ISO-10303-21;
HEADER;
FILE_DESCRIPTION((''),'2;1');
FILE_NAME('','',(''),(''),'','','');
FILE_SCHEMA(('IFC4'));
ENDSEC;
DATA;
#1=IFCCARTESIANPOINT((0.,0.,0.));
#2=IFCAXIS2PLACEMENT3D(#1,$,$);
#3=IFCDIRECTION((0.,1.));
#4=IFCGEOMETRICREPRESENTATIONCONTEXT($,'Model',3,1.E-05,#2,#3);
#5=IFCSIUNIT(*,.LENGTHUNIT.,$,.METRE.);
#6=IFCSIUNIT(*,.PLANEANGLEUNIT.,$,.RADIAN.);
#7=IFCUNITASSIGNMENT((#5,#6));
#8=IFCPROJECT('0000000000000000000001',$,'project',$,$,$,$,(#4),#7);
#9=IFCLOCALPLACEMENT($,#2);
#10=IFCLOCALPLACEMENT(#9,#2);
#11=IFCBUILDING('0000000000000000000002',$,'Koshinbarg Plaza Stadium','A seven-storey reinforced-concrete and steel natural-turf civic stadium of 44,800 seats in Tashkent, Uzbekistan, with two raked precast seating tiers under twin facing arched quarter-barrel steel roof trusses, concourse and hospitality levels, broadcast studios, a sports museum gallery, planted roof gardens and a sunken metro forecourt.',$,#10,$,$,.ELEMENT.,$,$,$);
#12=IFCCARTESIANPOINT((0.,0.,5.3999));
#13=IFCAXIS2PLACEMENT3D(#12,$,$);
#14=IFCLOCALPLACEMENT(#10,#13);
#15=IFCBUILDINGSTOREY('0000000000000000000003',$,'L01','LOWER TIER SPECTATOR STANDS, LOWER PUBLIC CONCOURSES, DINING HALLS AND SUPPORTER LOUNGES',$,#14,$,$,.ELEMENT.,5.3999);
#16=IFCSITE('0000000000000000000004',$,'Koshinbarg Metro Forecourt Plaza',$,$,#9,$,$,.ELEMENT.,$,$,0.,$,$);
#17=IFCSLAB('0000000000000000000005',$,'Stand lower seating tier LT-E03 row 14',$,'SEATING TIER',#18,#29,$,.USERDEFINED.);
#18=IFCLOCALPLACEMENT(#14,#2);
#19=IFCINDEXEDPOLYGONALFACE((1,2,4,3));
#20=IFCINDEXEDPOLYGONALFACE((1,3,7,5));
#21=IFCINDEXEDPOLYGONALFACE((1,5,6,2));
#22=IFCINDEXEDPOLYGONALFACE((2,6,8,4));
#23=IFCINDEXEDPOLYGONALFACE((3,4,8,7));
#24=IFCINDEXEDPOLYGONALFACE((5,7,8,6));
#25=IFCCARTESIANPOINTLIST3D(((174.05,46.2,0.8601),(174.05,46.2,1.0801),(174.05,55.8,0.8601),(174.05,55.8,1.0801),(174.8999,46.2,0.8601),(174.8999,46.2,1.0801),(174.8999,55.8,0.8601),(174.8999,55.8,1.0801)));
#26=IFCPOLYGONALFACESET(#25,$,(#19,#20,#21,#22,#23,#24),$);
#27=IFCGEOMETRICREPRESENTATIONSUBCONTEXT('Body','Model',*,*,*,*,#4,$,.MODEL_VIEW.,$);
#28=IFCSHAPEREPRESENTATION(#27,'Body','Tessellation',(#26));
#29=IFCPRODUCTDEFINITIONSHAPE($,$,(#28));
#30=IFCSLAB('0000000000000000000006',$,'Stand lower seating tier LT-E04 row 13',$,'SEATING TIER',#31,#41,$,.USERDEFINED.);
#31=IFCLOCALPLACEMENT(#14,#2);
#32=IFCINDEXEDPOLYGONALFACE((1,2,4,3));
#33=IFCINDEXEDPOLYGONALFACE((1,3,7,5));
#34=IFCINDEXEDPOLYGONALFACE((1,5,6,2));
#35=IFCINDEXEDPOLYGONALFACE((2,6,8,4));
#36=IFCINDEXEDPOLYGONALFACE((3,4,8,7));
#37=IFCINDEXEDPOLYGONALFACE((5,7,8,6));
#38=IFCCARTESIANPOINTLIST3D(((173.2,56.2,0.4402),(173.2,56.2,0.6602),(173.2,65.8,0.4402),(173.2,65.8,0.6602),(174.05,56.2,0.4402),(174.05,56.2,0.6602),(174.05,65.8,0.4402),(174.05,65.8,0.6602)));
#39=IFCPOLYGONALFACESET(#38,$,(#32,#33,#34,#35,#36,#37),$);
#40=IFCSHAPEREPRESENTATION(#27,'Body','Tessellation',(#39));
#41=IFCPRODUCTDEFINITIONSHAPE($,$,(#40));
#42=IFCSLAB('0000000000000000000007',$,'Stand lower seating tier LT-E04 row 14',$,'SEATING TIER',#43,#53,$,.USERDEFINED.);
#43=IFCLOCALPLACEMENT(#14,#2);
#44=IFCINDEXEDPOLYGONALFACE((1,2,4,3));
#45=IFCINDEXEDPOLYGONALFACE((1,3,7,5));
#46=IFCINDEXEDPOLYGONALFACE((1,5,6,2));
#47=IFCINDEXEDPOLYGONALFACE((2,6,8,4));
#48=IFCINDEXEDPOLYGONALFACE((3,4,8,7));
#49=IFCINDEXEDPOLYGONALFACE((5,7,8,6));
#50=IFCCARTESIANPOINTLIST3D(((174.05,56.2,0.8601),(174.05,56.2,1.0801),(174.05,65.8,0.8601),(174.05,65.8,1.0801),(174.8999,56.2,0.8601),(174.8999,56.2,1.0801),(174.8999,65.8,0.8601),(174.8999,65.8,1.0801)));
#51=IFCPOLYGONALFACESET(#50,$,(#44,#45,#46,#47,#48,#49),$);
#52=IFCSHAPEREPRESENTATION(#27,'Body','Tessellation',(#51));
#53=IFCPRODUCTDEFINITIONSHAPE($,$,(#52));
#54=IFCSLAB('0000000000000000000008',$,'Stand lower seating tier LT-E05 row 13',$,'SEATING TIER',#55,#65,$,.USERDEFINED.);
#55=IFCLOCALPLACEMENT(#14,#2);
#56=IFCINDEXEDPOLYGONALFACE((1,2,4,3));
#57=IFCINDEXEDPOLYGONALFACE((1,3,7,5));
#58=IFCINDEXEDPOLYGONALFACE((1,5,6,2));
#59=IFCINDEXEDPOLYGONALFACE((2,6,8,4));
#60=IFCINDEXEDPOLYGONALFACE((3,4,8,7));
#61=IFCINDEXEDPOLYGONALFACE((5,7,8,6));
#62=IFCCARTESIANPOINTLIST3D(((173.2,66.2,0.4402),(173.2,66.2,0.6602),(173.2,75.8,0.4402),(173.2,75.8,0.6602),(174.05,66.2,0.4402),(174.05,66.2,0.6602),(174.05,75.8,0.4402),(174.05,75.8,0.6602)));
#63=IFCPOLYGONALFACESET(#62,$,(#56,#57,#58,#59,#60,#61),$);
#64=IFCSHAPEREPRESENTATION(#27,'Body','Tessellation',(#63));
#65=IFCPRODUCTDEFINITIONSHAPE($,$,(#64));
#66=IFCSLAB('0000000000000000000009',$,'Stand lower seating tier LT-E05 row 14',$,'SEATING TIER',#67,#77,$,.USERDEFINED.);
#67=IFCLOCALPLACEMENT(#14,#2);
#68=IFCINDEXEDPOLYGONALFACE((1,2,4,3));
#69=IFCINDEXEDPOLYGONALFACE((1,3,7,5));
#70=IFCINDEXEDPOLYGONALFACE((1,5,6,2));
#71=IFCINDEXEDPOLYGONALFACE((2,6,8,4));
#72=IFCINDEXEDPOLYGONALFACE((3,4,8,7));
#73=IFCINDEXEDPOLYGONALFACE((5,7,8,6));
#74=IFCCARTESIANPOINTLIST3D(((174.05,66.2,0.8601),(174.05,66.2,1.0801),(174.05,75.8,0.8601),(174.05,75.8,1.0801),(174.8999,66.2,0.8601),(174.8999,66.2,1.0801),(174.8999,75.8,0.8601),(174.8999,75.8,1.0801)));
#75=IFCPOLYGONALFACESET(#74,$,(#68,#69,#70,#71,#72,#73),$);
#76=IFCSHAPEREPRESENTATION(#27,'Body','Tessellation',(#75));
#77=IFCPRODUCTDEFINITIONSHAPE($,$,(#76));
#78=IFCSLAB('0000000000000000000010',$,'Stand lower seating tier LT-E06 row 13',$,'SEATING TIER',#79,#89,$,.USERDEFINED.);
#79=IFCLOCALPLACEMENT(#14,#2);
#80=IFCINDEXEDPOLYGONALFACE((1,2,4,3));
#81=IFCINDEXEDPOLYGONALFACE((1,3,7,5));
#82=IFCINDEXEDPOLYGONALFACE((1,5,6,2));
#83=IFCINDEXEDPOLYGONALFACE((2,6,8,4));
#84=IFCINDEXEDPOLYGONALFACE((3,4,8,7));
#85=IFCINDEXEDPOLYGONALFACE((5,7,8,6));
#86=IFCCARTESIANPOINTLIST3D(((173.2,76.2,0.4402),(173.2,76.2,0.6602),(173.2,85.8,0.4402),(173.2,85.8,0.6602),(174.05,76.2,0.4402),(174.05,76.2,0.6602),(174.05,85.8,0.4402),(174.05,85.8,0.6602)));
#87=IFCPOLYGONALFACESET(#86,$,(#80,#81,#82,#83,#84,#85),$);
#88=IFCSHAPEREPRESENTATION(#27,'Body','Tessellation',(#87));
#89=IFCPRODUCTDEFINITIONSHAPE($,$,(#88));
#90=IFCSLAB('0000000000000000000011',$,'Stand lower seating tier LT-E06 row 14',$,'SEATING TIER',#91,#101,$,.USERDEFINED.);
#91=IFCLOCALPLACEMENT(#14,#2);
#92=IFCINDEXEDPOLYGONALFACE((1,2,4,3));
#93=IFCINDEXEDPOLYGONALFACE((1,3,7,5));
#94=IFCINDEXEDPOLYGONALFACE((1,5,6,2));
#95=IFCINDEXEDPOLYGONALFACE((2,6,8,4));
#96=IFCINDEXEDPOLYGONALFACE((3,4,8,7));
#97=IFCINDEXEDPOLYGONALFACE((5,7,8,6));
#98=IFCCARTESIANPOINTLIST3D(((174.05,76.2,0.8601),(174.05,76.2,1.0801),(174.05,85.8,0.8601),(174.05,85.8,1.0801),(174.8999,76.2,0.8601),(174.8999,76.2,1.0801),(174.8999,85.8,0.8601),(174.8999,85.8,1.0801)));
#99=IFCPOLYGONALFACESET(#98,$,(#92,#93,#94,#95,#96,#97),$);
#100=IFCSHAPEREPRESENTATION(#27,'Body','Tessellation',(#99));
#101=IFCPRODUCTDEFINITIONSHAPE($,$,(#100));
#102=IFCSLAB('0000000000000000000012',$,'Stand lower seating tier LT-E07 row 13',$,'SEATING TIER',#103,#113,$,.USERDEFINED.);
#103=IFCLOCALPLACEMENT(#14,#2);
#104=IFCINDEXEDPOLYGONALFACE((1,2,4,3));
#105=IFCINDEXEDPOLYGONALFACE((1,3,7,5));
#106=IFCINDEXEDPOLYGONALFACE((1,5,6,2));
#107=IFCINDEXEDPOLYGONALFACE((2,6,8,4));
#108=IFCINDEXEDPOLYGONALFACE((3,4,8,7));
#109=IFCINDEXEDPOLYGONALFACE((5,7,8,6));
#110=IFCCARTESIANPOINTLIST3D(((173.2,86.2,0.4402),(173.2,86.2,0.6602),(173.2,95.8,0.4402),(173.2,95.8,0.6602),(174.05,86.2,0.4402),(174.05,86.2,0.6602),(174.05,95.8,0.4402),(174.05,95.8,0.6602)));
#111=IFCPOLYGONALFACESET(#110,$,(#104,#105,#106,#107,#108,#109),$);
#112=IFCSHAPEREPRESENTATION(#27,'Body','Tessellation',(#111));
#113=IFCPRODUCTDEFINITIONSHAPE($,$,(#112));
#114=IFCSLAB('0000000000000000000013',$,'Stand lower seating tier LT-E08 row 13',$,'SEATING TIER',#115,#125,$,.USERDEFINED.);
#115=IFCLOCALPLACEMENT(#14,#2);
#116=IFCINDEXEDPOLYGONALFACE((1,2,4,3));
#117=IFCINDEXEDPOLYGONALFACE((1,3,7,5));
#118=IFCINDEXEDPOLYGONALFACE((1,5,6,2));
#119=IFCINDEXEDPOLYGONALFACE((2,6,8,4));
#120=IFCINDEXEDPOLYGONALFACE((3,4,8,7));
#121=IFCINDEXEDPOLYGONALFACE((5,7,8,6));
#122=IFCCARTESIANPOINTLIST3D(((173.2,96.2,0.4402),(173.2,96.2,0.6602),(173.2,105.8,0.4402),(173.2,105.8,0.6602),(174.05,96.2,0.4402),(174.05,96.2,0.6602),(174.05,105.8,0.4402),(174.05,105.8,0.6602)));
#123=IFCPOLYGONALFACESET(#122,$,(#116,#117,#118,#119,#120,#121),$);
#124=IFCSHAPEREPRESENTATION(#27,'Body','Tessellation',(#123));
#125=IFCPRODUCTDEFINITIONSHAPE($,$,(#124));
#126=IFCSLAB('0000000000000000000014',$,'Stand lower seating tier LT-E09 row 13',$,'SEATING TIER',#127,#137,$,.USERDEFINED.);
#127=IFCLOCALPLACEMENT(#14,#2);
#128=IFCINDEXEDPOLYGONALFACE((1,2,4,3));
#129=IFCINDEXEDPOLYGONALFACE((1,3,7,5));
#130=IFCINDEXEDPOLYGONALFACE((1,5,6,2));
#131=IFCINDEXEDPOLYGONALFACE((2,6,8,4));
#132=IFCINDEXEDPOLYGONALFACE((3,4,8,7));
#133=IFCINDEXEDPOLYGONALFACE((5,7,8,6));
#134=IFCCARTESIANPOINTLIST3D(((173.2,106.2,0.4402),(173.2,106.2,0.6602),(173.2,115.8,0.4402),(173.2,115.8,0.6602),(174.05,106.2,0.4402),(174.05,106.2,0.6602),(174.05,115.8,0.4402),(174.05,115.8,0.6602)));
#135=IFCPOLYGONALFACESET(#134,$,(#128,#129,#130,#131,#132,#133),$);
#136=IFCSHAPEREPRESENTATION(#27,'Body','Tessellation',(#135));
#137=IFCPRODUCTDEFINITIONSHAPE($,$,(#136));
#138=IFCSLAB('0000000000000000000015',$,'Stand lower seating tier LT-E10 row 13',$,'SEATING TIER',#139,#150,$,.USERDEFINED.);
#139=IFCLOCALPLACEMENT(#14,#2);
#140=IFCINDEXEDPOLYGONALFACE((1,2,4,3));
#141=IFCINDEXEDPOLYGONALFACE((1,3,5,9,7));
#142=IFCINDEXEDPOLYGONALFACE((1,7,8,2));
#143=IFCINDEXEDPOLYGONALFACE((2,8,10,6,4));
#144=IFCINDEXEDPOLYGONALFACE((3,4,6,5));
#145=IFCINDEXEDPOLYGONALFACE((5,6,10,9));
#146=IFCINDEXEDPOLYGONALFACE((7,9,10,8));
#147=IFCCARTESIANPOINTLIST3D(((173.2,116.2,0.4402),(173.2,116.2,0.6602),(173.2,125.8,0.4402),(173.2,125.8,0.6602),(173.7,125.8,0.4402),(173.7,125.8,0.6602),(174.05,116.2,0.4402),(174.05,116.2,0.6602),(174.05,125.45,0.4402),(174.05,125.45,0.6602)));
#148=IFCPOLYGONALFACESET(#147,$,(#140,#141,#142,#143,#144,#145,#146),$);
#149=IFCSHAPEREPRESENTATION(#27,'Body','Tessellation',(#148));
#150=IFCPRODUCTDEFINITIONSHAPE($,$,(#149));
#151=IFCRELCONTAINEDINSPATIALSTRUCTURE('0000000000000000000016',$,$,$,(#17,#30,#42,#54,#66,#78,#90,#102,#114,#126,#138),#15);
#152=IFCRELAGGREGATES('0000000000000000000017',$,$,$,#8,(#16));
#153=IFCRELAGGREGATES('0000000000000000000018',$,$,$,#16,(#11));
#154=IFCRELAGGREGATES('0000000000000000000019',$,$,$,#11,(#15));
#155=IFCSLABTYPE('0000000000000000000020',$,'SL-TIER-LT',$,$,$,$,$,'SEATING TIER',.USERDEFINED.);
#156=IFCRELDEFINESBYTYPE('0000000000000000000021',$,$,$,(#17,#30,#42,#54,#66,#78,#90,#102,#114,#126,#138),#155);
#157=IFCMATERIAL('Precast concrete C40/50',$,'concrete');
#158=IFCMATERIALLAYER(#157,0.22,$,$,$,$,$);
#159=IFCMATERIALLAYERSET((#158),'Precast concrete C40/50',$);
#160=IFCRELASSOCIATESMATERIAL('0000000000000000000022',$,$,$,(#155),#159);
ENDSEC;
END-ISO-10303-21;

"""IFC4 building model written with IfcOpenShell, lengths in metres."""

from ifc_helpers import new_model, si_unit, direction, frame, origin, place, context, subcontext, project, spatial, polyline, outline, extrude, material, layer, layer_set, type_object, element, save


model = new_model("IFC4")

# Units and contexts
model_context = context("Model", 3, precision=1e-05, world=origin(), true_north=direction((0.0, 1.0)))
body_context = subcontext(model_context, "Body", "Model", "MODEL_VIEW")
ifc_project = project(units=[si_unit("LENGTHUNIT", "METRE"), si_unit("PLANEANGLEUNIT", "RADIAN")], contexts=[model_context])

# Site, building, storey
site_placement = place(None, origin())
site = spatial("IfcSite", under=ifc_project, at=site_placement, Name="Koshinbarg Metro Forecourt Plaza", CompositionType="ELEMENT", RefElevation=0.0)
building_placement = place(site_placement, origin())
building = spatial("IfcBuilding", under=site, at=building_placement, Name="Koshinbarg Plaza Stadium", Description="A seven-storey reinforced-concrete and steel natural-turf civic stadium of 44,800 seats in Tashkent, Uzbekistan, with two raked precast seating tiers under twin facing arched quarter-barrel steel roof trusses, concourse and hospitality levels, broadcast studios, a sports museum gallery, planted roof gardens and a sunken metro forecourt.", CompositionType="ELEMENT")
storey_placement = place(building_placement, frame((0.0, 0.0, 5.3999)))
storey = spatial("IfcBuildingStorey", under=building, at=storey_placement, Name="L01", Description="LOWER TIER SPECTATOR STANDS, LOWER PUBLIC CONCOURSES, DINING HALLS AND SUPPORTER LOUNGES", CompositionType="ELEMENT", Elevation=5.3999)

# Slabs
ifc_material = material(Name="Precast concrete C40/50", Category="concrete")
ifc_layer = layer(ifc_material, 0.22)
ifc_layer_set = layer_set([ifc_layer], Name="Precast concrete C40/50")
slab_type = type_object("IfcSlabType", Name="SL-TIER-LT", ElementType="SEATING TIER", PredefinedType="USERDEFINED", material=ifc_layer_set)
slab_1_placement = place(storey_placement, frame((0.0, 0.0, 0.8601)))
element("IfcSlab", 1, at=slab_1_placement, inside=storey, type_object=slab_type, Name="Stand lower seating tier LT-E03 row 14", ObjectType="SEATING TIER", PredefinedType="USERDEFINED", context=body_context, shape_type="SweptSolid", body=[
    extrude(outline(polyline([(174.05, 46.2), (174.8999, 46.2), (174.8999, 55.8), (174.05, 55.8), (174.05, 46.2)])), origin(), (0.0, 0.0, 1.0), 0.22),
])
slab_2_placement = place(storey_placement, frame((0.0, 0.0, 0.4402)))
element("IfcSlab", 2, at=slab_2_placement, inside=storey, type_object=slab_type, Name="Stand lower seating tier LT-E04 row 13", ObjectType="SEATING TIER", PredefinedType="USERDEFINED", context=body_context, shape_type="SweptSolid", body=[
    extrude(outline(polyline([(173.2, 56.2), (174.05, 56.2), (174.05, 65.8), (173.2, 65.8), (173.2, 56.2)])), origin(), (0.0, 0.0, 1.0), 0.22),
])
slab_3_placement = place(storey_placement, frame((0.0, 0.0, 0.8601)))
element("IfcSlab", 3, at=slab_3_placement, inside=storey, type_object=slab_type, Name="Stand lower seating tier LT-E04 row 14", ObjectType="SEATING TIER", PredefinedType="USERDEFINED", context=body_context, shape_type="SweptSolid", body=[
    extrude(outline(polyline([(174.05, 56.2), (174.8999, 56.2), (174.8999, 65.8), (174.05, 65.8), (174.05, 56.2)])), origin(), (0.0, 0.0, 1.0), 0.22),
])
slab_4_placement = place(storey_placement, frame((0.0, 0.0, 0.4402)))
element("IfcSlab", 4, at=slab_4_placement, inside=storey, type_object=slab_type, Name="Stand lower seating tier LT-E05 row 13", ObjectType="SEATING TIER", PredefinedType="USERDEFINED", context=body_context, shape_type="SweptSolid", body=[
    extrude(outline(polyline([(173.2, 66.2), (174.05, 66.2), (174.05, 75.8), (173.2, 75.8), (173.2, 66.2)])), origin(), (0.0, 0.0, 1.0), 0.22),
])
slab_5_placement = place(storey_placement, frame((0.0, 0.0, 0.8601)))
element("IfcSlab", 5, at=slab_5_placement, inside=storey, type_object=slab_type, Name="Stand lower seating tier LT-E05 row 14", ObjectType="SEATING TIER", PredefinedType="USERDEFINED", context=body_context, shape_type="SweptSolid", body=[
    extrude(outline(polyline([(174.05, 66.2), (174.8999, 66.2), (174.8999, 75.8), (174.05, 75.8), (174.05, 66.2)])), origin(), (0.0, 0.0, 1.0), 0.22),
])
slab_6_placement = place(storey_placement, frame((0.0, 0.0, 0.4402)))
element("IfcSlab", 6, at=slab_6_placement, inside=storey, type_object=slab_type, Name="Stand lower seating tier LT-E06 row 13", ObjectType="SEATING TIER", PredefinedType="USERDEFINED", context=body_context, shape_type="SweptSolid", body=[
    extrude(outline(polyline([(173.2, 76.2), (174.05, 76.2), (174.05, 85.8), (173.2, 85.8), (173.2, 76.2)])), origin(), (0.0, 0.0, 1.0), 0.22),
])
slab_7_placement = place(storey_placement, frame((0.0, 0.0, 0.8601)))
element("IfcSlab", 7, at=slab_7_placement, inside=storey, type_object=slab_type, Name="Stand lower seating tier LT-E06 row 14", ObjectType="SEATING TIER", PredefinedType="USERDEFINED", context=body_context, shape_type="SweptSolid", body=[
    extrude(outline(polyline([(174.05, 76.2), (174.8999, 76.2), (174.8999, 85.8), (174.05, 85.8), (174.05, 76.2)])), origin(), (0.0, 0.0, 1.0), 0.22),
])
slab_8_placement = place(storey_placement, frame((0.0, 0.0, 0.4402)))
element("IfcSlab", 8, at=slab_8_placement, inside=storey, type_object=slab_type, Name="Stand lower seating tier LT-E07 row 13", ObjectType="SEATING TIER", PredefinedType="USERDEFINED", context=body_context, shape_type="SweptSolid", body=[
    extrude(outline(polyline([(173.2, 86.2), (174.05, 86.2), (174.05, 95.8), (173.2, 95.8), (173.2, 86.2)])), origin(), (0.0, 0.0, 1.0), 0.22),
])
slab_9_placement = place(storey_placement, frame((0.0, 0.0, 0.4402)))
element("IfcSlab", 9, at=slab_9_placement, inside=storey, type_object=slab_type, Name="Stand lower seating tier LT-E08 row 13", ObjectType="SEATING TIER", PredefinedType="USERDEFINED", context=body_context, shape_type="SweptSolid", body=[
    extrude(outline(polyline([(173.2, 96.2), (174.05, 96.2), (174.05, 105.8), (173.2, 105.8), (173.2, 96.2)])), origin(), (0.0, 0.0, 1.0), 0.22),
])
slab_10_placement = place(storey_placement, frame((0.0, 0.0, 0.4402)))
element("IfcSlab", 10, at=slab_10_placement, inside=storey, type_object=slab_type, Name="Stand lower seating tier LT-E09 row 13", ObjectType="SEATING TIER", PredefinedType="USERDEFINED", context=body_context, shape_type="SweptSolid", body=[
    extrude(outline(polyline([(173.2, 106.2), (174.05, 106.2), (174.05, 115.8), (173.2, 115.8), (173.2, 106.2)])), origin(), (0.0, 0.0, 1.0), 0.22),
])
slab_11_placement = place(storey_placement, frame((0.0, 0.0, 0.4402)))
element("IfcSlab", 11, at=slab_11_placement, inside=storey, type_object=slab_type, Name="Stand lower seating tier LT-E10 row 13", ObjectType="SEATING TIER", PredefinedType="USERDEFINED", context=body_context, shape_type="SweptSolid", body=[
    extrude(outline(polyline([(173.2, 116.2), (174.05, 116.2), (174.05, 125.45), (173.7, 125.8), (173.2, 125.8), (173.2, 116.2)])), origin(), (0.0, 0.0, 1.0), 0.22),
])

save(model, "model.ifc")
